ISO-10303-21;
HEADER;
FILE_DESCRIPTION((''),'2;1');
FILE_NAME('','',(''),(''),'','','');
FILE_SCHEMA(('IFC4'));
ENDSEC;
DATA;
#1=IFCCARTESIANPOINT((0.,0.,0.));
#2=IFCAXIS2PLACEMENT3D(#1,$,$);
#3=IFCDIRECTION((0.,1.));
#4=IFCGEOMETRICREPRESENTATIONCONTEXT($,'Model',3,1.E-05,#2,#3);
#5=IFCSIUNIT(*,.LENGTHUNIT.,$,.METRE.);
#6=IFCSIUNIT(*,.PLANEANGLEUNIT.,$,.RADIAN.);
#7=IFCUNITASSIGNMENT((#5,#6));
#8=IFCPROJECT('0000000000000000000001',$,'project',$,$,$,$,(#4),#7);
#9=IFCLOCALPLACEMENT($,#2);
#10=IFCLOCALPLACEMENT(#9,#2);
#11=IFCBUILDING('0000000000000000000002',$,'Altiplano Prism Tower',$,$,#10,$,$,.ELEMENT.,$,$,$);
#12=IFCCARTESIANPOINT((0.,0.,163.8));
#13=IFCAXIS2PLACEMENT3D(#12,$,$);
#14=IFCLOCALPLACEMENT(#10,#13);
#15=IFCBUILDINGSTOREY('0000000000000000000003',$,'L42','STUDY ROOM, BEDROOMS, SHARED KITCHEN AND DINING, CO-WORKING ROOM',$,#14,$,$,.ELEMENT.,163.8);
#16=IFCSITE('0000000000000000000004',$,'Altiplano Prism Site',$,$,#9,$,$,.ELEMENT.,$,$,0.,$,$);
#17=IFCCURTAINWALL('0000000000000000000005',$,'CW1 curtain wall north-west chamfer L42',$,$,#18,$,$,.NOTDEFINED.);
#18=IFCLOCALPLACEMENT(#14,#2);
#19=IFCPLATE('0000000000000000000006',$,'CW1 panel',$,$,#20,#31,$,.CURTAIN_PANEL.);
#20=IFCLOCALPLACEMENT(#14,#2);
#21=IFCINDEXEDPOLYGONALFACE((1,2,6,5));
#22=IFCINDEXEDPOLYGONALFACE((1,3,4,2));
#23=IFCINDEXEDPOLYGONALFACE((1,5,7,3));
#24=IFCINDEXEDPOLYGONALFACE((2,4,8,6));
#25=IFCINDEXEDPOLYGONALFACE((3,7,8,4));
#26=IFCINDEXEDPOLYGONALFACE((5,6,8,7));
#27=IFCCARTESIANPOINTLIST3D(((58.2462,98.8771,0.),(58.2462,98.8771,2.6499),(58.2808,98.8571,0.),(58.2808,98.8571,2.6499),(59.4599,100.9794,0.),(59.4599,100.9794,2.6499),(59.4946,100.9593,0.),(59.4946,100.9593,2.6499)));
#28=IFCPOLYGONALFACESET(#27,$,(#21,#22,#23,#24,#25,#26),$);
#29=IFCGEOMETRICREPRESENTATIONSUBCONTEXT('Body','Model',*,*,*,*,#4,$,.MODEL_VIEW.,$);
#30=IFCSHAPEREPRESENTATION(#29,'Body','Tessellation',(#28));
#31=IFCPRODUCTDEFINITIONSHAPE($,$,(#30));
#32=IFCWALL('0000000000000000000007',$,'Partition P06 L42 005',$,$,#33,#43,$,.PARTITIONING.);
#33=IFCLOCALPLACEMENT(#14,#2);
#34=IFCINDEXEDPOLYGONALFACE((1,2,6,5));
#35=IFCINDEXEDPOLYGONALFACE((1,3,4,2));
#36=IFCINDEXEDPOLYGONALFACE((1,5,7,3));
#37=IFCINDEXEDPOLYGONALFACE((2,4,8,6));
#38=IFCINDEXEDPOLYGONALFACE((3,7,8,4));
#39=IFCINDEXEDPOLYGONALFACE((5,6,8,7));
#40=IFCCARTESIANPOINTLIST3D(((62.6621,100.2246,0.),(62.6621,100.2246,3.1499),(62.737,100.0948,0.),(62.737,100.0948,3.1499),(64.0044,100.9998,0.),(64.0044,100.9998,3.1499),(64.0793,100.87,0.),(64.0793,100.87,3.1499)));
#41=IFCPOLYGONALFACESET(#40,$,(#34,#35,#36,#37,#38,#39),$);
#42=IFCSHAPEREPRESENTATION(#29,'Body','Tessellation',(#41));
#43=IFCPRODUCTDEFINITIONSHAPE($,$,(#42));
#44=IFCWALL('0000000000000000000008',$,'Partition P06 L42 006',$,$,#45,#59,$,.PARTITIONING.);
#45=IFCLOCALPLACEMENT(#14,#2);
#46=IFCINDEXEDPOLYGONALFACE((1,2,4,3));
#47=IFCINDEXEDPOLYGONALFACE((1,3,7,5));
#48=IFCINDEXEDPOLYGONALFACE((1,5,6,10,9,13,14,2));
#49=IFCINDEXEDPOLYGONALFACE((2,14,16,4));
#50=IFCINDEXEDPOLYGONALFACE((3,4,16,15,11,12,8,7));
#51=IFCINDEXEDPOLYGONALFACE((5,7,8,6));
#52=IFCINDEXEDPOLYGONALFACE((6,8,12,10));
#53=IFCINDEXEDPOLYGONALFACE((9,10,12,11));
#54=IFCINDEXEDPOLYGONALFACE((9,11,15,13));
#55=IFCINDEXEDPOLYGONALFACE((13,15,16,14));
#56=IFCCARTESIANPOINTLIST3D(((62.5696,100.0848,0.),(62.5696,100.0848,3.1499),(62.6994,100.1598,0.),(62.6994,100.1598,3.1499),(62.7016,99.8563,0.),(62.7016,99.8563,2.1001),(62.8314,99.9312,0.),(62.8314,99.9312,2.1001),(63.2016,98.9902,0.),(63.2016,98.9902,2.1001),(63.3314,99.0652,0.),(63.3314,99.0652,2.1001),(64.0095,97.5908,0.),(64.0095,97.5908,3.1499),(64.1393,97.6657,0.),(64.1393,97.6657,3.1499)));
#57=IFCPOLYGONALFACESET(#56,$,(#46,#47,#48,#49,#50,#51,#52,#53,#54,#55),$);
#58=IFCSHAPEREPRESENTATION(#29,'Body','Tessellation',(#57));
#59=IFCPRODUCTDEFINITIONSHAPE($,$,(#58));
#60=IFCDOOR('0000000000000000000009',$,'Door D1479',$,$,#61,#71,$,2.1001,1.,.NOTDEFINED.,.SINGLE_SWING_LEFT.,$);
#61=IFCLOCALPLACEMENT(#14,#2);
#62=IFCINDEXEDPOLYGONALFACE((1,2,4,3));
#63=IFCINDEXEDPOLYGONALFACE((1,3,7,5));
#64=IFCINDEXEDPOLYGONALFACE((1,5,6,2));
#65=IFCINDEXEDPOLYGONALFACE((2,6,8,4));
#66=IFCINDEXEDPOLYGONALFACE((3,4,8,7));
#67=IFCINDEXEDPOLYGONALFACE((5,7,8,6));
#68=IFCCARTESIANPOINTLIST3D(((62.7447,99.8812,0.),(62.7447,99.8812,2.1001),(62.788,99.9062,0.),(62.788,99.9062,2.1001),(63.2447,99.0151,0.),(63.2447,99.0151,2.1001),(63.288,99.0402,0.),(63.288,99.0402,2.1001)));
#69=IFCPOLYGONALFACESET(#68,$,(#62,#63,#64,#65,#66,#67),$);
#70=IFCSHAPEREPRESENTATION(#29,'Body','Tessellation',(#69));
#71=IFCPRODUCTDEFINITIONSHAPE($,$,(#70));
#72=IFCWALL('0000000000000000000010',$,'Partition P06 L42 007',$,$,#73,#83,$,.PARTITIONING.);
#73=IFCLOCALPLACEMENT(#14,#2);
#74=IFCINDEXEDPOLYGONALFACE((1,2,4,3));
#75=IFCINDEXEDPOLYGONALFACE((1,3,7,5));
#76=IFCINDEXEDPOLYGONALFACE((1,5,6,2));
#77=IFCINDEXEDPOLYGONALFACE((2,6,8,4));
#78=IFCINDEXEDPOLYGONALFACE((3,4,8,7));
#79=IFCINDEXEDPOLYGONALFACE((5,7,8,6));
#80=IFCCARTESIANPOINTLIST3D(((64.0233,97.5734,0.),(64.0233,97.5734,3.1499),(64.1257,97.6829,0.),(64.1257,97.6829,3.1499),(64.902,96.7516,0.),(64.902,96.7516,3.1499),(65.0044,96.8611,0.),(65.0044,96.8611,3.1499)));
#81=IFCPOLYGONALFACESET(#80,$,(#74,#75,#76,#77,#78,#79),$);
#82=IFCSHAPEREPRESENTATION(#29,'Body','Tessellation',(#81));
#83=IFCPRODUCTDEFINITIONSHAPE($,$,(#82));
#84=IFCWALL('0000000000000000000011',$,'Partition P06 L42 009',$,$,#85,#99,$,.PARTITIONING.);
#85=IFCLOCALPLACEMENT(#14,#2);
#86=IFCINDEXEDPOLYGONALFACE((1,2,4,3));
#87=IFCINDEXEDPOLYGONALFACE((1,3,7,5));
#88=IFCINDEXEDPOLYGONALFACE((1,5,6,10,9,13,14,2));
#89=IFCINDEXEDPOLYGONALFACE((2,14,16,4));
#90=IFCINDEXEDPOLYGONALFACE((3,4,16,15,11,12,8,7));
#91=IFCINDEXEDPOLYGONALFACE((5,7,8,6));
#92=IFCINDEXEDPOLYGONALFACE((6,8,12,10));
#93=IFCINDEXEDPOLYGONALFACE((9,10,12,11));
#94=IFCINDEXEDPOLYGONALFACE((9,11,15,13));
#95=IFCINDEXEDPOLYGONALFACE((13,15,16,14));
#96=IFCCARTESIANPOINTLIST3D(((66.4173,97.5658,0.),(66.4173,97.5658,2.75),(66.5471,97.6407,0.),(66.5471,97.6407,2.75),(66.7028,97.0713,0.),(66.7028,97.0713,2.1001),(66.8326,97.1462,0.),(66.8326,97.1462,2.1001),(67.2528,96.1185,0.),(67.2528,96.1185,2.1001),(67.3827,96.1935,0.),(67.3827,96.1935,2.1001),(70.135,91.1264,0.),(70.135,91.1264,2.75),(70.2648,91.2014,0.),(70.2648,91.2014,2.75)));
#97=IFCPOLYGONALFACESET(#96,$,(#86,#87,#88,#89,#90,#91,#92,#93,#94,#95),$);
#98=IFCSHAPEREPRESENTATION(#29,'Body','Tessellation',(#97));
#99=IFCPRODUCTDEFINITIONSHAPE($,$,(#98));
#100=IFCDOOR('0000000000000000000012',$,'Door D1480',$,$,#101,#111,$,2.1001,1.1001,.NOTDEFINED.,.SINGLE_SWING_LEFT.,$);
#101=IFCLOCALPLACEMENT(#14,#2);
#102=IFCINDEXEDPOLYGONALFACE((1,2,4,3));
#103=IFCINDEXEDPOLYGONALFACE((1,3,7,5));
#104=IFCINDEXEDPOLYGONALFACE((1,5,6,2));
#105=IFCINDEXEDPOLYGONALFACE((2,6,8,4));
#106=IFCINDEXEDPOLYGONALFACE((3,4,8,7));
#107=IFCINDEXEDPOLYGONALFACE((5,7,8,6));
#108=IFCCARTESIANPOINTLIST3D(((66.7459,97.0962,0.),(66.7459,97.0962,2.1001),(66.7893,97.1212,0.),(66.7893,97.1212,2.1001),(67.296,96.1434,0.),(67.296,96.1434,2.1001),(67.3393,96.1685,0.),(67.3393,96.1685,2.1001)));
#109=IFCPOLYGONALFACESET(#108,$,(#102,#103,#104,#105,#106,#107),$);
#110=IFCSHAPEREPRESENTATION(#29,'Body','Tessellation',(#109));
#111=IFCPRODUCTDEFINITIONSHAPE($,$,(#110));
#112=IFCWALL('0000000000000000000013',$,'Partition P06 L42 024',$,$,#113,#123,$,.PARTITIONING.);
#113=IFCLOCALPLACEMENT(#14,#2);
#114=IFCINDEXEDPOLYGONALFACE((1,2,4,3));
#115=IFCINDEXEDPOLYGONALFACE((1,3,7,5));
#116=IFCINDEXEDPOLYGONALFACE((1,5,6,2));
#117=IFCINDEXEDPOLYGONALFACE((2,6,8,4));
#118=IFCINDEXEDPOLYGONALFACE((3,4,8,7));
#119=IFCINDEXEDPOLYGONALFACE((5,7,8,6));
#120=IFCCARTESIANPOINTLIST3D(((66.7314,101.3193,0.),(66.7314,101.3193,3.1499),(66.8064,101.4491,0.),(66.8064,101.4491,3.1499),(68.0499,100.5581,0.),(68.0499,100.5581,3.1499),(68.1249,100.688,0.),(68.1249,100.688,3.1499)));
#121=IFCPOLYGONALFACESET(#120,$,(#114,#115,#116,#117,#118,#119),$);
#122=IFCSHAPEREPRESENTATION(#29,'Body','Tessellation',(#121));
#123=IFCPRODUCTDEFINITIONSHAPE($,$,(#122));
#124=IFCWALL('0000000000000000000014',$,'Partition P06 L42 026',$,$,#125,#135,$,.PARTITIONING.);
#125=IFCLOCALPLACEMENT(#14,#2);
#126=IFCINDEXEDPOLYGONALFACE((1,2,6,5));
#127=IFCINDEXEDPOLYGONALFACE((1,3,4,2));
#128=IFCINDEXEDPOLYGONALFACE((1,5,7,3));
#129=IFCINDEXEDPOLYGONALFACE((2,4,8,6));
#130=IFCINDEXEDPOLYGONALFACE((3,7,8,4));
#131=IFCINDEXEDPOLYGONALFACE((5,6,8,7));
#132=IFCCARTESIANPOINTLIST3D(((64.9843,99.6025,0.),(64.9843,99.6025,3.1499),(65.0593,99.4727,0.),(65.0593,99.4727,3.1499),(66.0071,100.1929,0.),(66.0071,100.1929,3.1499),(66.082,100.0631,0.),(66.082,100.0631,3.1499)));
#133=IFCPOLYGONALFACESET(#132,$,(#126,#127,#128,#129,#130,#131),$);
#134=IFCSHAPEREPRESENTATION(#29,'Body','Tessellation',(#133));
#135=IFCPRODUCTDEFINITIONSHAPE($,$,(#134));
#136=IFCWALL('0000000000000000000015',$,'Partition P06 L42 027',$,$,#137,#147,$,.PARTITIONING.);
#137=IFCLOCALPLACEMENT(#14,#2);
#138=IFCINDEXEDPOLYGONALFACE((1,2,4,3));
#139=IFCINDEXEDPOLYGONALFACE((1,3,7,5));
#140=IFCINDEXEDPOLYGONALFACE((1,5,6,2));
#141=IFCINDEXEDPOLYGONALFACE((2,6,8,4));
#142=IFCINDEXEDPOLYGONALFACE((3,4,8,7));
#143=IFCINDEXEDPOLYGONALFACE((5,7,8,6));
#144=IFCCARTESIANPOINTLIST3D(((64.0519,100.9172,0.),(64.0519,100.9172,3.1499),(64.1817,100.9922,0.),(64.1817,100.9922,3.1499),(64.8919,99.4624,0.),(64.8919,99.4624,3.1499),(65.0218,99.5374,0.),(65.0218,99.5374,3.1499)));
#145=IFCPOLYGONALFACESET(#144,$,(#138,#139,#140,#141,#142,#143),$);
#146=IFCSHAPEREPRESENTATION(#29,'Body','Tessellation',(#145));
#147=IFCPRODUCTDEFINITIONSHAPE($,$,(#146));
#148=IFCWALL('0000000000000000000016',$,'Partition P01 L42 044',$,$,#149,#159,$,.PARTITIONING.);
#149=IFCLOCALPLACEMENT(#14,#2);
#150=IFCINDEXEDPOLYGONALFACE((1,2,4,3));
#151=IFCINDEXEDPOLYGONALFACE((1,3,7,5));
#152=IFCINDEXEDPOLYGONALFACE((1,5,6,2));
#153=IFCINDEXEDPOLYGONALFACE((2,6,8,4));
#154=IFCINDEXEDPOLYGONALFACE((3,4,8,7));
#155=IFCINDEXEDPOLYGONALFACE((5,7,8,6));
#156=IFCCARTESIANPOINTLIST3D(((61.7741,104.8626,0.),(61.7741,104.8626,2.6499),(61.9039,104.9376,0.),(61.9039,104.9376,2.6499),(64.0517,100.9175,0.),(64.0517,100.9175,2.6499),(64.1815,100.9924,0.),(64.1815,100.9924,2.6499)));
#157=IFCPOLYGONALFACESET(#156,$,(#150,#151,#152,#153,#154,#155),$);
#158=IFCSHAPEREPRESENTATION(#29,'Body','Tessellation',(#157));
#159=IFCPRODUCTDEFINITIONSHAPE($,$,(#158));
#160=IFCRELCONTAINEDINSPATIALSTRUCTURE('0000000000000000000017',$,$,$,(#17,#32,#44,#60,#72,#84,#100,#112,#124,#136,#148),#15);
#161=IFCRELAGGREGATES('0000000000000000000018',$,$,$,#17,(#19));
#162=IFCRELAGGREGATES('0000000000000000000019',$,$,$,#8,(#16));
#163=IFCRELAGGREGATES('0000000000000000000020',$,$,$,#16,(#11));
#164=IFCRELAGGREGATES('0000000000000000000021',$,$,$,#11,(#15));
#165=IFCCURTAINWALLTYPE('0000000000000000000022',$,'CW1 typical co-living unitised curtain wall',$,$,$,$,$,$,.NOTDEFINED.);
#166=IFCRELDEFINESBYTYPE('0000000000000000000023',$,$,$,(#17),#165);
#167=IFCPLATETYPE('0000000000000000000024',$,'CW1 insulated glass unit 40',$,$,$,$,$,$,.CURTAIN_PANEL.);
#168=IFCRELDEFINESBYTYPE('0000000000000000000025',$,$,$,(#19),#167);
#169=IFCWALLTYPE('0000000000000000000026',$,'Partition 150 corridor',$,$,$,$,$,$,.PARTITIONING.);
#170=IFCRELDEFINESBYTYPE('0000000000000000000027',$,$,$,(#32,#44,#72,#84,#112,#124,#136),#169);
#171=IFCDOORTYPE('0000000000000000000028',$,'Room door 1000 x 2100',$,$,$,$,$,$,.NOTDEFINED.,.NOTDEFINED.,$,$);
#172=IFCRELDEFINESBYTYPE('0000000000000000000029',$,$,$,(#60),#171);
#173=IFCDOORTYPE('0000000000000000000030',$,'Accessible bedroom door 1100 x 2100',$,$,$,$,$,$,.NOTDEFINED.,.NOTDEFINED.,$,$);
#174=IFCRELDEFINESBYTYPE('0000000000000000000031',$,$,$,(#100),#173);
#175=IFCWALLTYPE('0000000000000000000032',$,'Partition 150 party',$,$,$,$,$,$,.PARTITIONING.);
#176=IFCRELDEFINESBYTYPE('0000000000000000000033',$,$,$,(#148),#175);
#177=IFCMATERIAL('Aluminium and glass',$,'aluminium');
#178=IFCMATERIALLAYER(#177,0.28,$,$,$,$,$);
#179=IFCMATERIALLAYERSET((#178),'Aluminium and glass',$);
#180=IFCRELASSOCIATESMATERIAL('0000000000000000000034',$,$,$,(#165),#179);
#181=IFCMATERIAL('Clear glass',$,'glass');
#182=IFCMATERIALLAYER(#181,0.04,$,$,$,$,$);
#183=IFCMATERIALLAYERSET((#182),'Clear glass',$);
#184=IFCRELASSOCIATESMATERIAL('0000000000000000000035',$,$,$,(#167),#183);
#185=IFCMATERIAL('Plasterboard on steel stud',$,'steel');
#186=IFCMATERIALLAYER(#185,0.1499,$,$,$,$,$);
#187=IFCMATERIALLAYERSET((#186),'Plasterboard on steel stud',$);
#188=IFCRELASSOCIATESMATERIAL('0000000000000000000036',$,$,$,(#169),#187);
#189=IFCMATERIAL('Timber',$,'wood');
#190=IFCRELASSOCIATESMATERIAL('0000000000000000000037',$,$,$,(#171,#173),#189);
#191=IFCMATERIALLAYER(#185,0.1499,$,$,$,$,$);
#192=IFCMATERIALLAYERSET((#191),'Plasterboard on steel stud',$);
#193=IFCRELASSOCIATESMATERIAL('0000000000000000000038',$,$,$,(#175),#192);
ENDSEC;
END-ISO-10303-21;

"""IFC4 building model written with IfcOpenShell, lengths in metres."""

from ifc_helpers import new_model, si_unit, direction, frame, frame_2d, origin, origin_2d, place, context, subcontext, project, spatial, rectangle, extrude, material, layer, layer_set, type_object, element, fill, aggregate, save


model = new_model("IFC4")

# Units and contexts
model_context = context("Model", 3, precision=1e-05, world=origin(), true_north=direction((0.0, 1.0)))
body_context = subcontext(model_context, "Body", "Model", "MODEL_VIEW")
ifc_project = project(units=[si_unit("LENGTHUNIT", "METRE"), si_unit("PLANEANGLEUNIT", "RADIAN")], contexts=[model_context])

# Site, building, storey
site_placement = place(None, origin())
site = spatial("IfcSite", under=ifc_project, at=site_placement, Name="Altiplano Prism Site", CompositionType="ELEMENT", RefElevation=0.0)
building_placement = place(site_placement, origin())
building = spatial("IfcBuilding", under=site, at=building_placement, Name="Altiplano Prism Tower", CompositionType="ELEMENT")
storey_placement = place(building_placement, frame((0.0, 0.0, 163.8)))
storey = spatial("IfcBuildingStorey", under=building, at=storey_placement, Name="L42", Description="STUDY ROOM, BEDROOMS, SHARED KITCHEN AND DINING, CO-WORKING ROOM", CompositionType="ELEMENT", Elevation=163.8)

# Curtain wall, plate
ifc_material_1 = material(Name="Aluminium and glass", Category="aluminium")
ifc_layer_1 = layer(ifc_material_1, 0.28)
ifc_layer_set_1 = layer_set([ifc_layer_1], Name="Aluminium and glass")
curtain_wall_type = type_object("IfcCurtainWallType", Name="CW1 typical co-living unitised curtain wall", PredefinedType="NOTDEFINED", material=ifc_layer_set_1)
curtain_wall_placement = place(storey_placement, origin())
curtain_wall = element("IfcCurtainWall", 1, at=curtain_wall_placement, inside=storey, type_object=curtain_wall_type, Name="CW1 curtain wall north-west chamfer L42", PredefinedType="NOTDEFINED")
ifc_material_2 = material(Name="Clear glass", Category="glass")
ifc_layer_2 = layer(ifc_material_2, 0.04)
ifc_layer_set_2 = layer_set([ifc_layer_2], Name="Clear glass")
plate_type = type_object("IfcPlateType", Name="CW1 insulated glass unit 40", PredefinedType="CURTAIN_PANEL", material=ifc_layer_set_2)
plate_placement = place(storey_placement, frame((58.8704, 99.9182, 0.0), z_axis=(0.0, 0.0, 1.0), x_axis=(-0.5, -0.866025, 0.0)))
plate = element("IfcPlate", 2, at=plate_placement, type_object=plate_type, Name="CW1 panel", PredefinedType="CURTAIN_PANEL", context=body_context, shape_type="SweptSolid", body=[
    extrude(rectangle(XDim=2.4275, YDim=0.04, at=origin_2d()), origin(), (0.0, 0.0, 1.0), 2.6499),
])
aggregate(curtain_wall, [plate])

# Wall
ifc_material_3 = material(Name="Plasterboard on steel stud", Category="steel")
ifc_layer_3 = layer(ifc_material_3, 0.1499)
ifc_layer_set_3 = layer_set([ifc_layer_3], Name="Plasterboard on steel stud")
wall_type_1 = type_object("IfcWallType", Name="Partition 150 corridor", PredefinedType="PARTITIONING", material=ifc_layer_set_3)
wall_1_placement = place(storey_placement, frame((64.0417, 100.9348, 0.0), z_axis=(0.0, 0.0, 1.0), x_axis=(-0.865976, -0.500086, 0.0)))
element("IfcWall", 3, at=wall_1_placement, inside=storey, type_object=wall_type_1, Name="Partition P06 L42 005", PredefinedType="PARTITIONING", context=body_context, shape_type="SweptSolid", body=[
    extrude(rectangle(XDim=1.55, YDim=0.1499, at=frame_2d((0.7749, 0.0))), origin(), (0.0, 0.0, 1.0), 3.1499),
])

# Wall, opening, door
wall_2_placement = place(storey_placement, frame((62.6345, 100.1223, 0.0), z_axis=(0.0, 0.0, 1.0), x_axis=(0.499987, -0.866033, 0.0)))
wall_2 = element("IfcWall", 4, at=wall_2_placement, inside=storey, type_object=wall_type_1, Name="Partition P06 L42 006", PredefinedType="PARTITIONING", context=body_context, shape_type="SweptSolid", body=[
    extrude(rectangle(XDim=2.8799, YDim=0.1499, at=frame_2d((1.4399, 0.0))), origin(), (0.0, 0.0, 1.0), 3.1499),
])
opening_1_placement = place(wall_2_placement, frame((0.2639, 0.0, 0.0)))
opening_1 = element("IfcOpeningElement", 5, at=opening_1_placement, cuts=wall_2, PredefinedType="OPENING", context=body_context, shape_type="SweptSolid", body=[
    extrude(rectangle(XDim=1.0, YDim=2.1001, at=frame_2d((0.5, 1.05))), frame((0.0, 0.0854, 0.0), z_axis=(0.0, -1.0, 0.0), x_axis=(1.0, 0.0, 0.0)), (0.0, 0.0, 1.0), 0.1709),
])
ifc_material_4 = material(Name="Timber", Category="wood")
door_type_1 = type_object("IfcDoorType", Name="Room door 1000 x 2100", OperationType="NOTDEFINED", PredefinedType="NOTDEFINED", material=ifc_material_4)
door_1_placement = place(opening_1_placement, origin())
door_1 = element("IfcDoor", 6, at=door_1_placement, inside=storey, type_object=door_type_1, Name="Door D1479", OperationType="SINGLE_SWING_LEFT", OverallHeight=2.1001, OverallWidth=1.0, PredefinedType="NOTDEFINED", context=body_context, shape_type="SweptSolid", body=[
    extrude(rectangle(XDim=1.0, YDim=2.1001, at=frame_2d((0.5, 1.05))), frame((0.0, 0.0249, 0.0), z_axis=(0.0, -1.0, 0.0), x_axis=(1.0, 0.0, 0.0)), (0.0, 0.0, 1.0), 0.05),
])
fill(opening_1, door_1)

# Wall
wall_3_placement = place(storey_placement, frame((64.0745, 97.6282, 0.0), z_axis=(0.0, 0.0, 1.0), x_axis=(0.730353, -0.68307, 0.0)))
element("IfcWall", 7, at=wall_3_placement, inside=storey, type_object=wall_type_1, Name="Partition P06 L42 007", PredefinedType="PARTITIONING", context=body_context, shape_type="SweptSolid", body=[
    extrude(rectangle(XDim=1.2031, YDim=0.1499, at=frame_2d((0.6016, 0.0))), origin(), (0.0, 0.0, 1.0), 3.1499),
])

# Wall, opening, door
wall_4_placement = place(storey_placement, frame((66.4822, 97.6033, 0.0), z_axis=(0.0, 0.0, 1.0), x_axis=(0.499995, -0.866028, 0.0)))
wall_4 = element("IfcWall", 8, at=wall_4_placement, inside=storey, type_object=wall_type_1, Name="Partition P06 L42 009", PredefinedType="PARTITIONING", context=body_context, shape_type="SweptSolid", body=[
    extrude(rectangle(XDim=7.4355, YDim=0.1499, at=frame_2d((3.7178, 0.0))), origin(), (0.0, 0.0, 1.0), 2.75),
])
opening_2_placement = place(wall_4_placement, frame((0.571, 0.0, 0.0)))
opening_2 = element("IfcOpeningElement", 9, at=opening_2_placement, cuts=wall_4, PredefinedType="OPENING", context=body_context, shape_type="SweptSolid", body=[
    extrude(rectangle(XDim=1.1001, YDim=2.1001, at=frame_2d((0.55, 1.05))), frame((0.0, 0.0854, 0.0), z_axis=(0.0, -1.0, 0.0), x_axis=(1.0, 0.0, 0.0)), (0.0, 0.0, 1.0), 0.1709),
])
door_type_2 = type_object("IfcDoorType", Name="Accessible bedroom door 1100 x 2100", OperationType="NOTDEFINED", PredefinedType="NOTDEFINED", material=ifc_material_4)
door_2_placement = place(opening_2_placement, origin())
door_2 = element("IfcDoor", 10, at=door_2_placement, inside=storey, type_object=door_type_2, Name="Door D1480", OperationType="SINGLE_SWING_LEFT", OverallHeight=2.1001, OverallWidth=1.1001, PredefinedType="NOTDEFINED", context=body_context, shape_type="SweptSolid", body=[
    extrude(rectangle(XDim=1.1001, YDim=2.1001, at=frame_2d((0.55, 1.05))), frame((0.0, 0.0249, 0.0), z_axis=(0.0, -1.0, 0.0), x_axis=(1.0, 0.0, 0.0)), (0.0, 0.0, 1.0), 0.05),
])
fill(opening_2, door_2)

# Walls
wall_5_placement = place(storey_placement, frame((68.0874, 100.623, 0.0), z_axis=(0.0, 0.0, 1.0), x_axis=(-0.866044, 0.499968, 0.0)))
element("IfcWall", 11, at=wall_5_placement, inside=storey, type_object=wall_type_1, Name="Partition P06 L42 024", PredefinedType="PARTITIONING", context=body_context, shape_type="SweptSolid", body=[
    extrude(rectangle(XDim=1.5225, YDim=0.1499, at=frame_2d((0.7612, 0.0))), origin(), (0.0, 0.0, 1.0), 3.1499),
])
wall_6_placement = place(storey_placement, frame((66.0444, 100.1279, 0.0), z_axis=(0.0, 0.0, 1.0), x_axis=(-0.866072, -0.499919, 0.0)))
element("IfcWall", 12, at=wall_6_placement, inside=storey, type_object=wall_type_1, Name="Partition P06 L42 026", PredefinedType="PARTITIONING", context=body_context, shape_type="SweptSolid", body=[
    extrude(rectangle(XDim=1.1809, YDim=0.1499, at=frame_2d((0.5903, 0.0))), origin(), (0.0, 0.0, 1.0), 3.1499),
])
wall_7_placement = place(storey_placement, frame((64.9568, 99.5, 0.0), z_axis=(0.0, 0.0, 1.0), x_axis=(-0.500062, 0.86599, 0.0)))
element("IfcWall", 13, at=wall_7_placement, inside=storey, type_object=wall_type_1, Name="Partition P06 L42 027", PredefinedType="PARTITIONING", context=body_context, shape_type="SweptSolid", body=[
    extrude(rectangle(XDim=1.6799, YDim=0.1499, at=frame_2d((0.8398, 0.0))), origin(), (0.0, 0.0, 1.0), 3.1499),
])
ifc_layer_4 = layer(ifc_material_3, 0.1499)
ifc_layer_set_4 = layer_set([ifc_layer_4], Name="Plasterboard on steel stud")
wall_type_2 = type_object("IfcWallType", Name="Partition 150 party", PredefinedType="PARTITIONING", material=ifc_layer_set_4)
wall_8_placement = place(storey_placement, frame((64.1167, 100.9548, 0.0), z_axis=(0.0, 0.0, 1.0), x_axis=(-0.499984, 0.866035, 0.0)))
element("IfcWall", 14, at=wall_8_placement, inside=storey, type_object=wall_type_2, Name="Partition P01 L42 044", PredefinedType="PARTITIONING", context=body_context, shape_type="SweptSolid", body=[
    extrude(rectangle(XDim=4.5554, YDim=0.1499, at=frame_2d((2.2778, 0.0))), origin(), (0.0, 0.0, 1.0), 2.6499),
])

save(model, "model.ifc")
